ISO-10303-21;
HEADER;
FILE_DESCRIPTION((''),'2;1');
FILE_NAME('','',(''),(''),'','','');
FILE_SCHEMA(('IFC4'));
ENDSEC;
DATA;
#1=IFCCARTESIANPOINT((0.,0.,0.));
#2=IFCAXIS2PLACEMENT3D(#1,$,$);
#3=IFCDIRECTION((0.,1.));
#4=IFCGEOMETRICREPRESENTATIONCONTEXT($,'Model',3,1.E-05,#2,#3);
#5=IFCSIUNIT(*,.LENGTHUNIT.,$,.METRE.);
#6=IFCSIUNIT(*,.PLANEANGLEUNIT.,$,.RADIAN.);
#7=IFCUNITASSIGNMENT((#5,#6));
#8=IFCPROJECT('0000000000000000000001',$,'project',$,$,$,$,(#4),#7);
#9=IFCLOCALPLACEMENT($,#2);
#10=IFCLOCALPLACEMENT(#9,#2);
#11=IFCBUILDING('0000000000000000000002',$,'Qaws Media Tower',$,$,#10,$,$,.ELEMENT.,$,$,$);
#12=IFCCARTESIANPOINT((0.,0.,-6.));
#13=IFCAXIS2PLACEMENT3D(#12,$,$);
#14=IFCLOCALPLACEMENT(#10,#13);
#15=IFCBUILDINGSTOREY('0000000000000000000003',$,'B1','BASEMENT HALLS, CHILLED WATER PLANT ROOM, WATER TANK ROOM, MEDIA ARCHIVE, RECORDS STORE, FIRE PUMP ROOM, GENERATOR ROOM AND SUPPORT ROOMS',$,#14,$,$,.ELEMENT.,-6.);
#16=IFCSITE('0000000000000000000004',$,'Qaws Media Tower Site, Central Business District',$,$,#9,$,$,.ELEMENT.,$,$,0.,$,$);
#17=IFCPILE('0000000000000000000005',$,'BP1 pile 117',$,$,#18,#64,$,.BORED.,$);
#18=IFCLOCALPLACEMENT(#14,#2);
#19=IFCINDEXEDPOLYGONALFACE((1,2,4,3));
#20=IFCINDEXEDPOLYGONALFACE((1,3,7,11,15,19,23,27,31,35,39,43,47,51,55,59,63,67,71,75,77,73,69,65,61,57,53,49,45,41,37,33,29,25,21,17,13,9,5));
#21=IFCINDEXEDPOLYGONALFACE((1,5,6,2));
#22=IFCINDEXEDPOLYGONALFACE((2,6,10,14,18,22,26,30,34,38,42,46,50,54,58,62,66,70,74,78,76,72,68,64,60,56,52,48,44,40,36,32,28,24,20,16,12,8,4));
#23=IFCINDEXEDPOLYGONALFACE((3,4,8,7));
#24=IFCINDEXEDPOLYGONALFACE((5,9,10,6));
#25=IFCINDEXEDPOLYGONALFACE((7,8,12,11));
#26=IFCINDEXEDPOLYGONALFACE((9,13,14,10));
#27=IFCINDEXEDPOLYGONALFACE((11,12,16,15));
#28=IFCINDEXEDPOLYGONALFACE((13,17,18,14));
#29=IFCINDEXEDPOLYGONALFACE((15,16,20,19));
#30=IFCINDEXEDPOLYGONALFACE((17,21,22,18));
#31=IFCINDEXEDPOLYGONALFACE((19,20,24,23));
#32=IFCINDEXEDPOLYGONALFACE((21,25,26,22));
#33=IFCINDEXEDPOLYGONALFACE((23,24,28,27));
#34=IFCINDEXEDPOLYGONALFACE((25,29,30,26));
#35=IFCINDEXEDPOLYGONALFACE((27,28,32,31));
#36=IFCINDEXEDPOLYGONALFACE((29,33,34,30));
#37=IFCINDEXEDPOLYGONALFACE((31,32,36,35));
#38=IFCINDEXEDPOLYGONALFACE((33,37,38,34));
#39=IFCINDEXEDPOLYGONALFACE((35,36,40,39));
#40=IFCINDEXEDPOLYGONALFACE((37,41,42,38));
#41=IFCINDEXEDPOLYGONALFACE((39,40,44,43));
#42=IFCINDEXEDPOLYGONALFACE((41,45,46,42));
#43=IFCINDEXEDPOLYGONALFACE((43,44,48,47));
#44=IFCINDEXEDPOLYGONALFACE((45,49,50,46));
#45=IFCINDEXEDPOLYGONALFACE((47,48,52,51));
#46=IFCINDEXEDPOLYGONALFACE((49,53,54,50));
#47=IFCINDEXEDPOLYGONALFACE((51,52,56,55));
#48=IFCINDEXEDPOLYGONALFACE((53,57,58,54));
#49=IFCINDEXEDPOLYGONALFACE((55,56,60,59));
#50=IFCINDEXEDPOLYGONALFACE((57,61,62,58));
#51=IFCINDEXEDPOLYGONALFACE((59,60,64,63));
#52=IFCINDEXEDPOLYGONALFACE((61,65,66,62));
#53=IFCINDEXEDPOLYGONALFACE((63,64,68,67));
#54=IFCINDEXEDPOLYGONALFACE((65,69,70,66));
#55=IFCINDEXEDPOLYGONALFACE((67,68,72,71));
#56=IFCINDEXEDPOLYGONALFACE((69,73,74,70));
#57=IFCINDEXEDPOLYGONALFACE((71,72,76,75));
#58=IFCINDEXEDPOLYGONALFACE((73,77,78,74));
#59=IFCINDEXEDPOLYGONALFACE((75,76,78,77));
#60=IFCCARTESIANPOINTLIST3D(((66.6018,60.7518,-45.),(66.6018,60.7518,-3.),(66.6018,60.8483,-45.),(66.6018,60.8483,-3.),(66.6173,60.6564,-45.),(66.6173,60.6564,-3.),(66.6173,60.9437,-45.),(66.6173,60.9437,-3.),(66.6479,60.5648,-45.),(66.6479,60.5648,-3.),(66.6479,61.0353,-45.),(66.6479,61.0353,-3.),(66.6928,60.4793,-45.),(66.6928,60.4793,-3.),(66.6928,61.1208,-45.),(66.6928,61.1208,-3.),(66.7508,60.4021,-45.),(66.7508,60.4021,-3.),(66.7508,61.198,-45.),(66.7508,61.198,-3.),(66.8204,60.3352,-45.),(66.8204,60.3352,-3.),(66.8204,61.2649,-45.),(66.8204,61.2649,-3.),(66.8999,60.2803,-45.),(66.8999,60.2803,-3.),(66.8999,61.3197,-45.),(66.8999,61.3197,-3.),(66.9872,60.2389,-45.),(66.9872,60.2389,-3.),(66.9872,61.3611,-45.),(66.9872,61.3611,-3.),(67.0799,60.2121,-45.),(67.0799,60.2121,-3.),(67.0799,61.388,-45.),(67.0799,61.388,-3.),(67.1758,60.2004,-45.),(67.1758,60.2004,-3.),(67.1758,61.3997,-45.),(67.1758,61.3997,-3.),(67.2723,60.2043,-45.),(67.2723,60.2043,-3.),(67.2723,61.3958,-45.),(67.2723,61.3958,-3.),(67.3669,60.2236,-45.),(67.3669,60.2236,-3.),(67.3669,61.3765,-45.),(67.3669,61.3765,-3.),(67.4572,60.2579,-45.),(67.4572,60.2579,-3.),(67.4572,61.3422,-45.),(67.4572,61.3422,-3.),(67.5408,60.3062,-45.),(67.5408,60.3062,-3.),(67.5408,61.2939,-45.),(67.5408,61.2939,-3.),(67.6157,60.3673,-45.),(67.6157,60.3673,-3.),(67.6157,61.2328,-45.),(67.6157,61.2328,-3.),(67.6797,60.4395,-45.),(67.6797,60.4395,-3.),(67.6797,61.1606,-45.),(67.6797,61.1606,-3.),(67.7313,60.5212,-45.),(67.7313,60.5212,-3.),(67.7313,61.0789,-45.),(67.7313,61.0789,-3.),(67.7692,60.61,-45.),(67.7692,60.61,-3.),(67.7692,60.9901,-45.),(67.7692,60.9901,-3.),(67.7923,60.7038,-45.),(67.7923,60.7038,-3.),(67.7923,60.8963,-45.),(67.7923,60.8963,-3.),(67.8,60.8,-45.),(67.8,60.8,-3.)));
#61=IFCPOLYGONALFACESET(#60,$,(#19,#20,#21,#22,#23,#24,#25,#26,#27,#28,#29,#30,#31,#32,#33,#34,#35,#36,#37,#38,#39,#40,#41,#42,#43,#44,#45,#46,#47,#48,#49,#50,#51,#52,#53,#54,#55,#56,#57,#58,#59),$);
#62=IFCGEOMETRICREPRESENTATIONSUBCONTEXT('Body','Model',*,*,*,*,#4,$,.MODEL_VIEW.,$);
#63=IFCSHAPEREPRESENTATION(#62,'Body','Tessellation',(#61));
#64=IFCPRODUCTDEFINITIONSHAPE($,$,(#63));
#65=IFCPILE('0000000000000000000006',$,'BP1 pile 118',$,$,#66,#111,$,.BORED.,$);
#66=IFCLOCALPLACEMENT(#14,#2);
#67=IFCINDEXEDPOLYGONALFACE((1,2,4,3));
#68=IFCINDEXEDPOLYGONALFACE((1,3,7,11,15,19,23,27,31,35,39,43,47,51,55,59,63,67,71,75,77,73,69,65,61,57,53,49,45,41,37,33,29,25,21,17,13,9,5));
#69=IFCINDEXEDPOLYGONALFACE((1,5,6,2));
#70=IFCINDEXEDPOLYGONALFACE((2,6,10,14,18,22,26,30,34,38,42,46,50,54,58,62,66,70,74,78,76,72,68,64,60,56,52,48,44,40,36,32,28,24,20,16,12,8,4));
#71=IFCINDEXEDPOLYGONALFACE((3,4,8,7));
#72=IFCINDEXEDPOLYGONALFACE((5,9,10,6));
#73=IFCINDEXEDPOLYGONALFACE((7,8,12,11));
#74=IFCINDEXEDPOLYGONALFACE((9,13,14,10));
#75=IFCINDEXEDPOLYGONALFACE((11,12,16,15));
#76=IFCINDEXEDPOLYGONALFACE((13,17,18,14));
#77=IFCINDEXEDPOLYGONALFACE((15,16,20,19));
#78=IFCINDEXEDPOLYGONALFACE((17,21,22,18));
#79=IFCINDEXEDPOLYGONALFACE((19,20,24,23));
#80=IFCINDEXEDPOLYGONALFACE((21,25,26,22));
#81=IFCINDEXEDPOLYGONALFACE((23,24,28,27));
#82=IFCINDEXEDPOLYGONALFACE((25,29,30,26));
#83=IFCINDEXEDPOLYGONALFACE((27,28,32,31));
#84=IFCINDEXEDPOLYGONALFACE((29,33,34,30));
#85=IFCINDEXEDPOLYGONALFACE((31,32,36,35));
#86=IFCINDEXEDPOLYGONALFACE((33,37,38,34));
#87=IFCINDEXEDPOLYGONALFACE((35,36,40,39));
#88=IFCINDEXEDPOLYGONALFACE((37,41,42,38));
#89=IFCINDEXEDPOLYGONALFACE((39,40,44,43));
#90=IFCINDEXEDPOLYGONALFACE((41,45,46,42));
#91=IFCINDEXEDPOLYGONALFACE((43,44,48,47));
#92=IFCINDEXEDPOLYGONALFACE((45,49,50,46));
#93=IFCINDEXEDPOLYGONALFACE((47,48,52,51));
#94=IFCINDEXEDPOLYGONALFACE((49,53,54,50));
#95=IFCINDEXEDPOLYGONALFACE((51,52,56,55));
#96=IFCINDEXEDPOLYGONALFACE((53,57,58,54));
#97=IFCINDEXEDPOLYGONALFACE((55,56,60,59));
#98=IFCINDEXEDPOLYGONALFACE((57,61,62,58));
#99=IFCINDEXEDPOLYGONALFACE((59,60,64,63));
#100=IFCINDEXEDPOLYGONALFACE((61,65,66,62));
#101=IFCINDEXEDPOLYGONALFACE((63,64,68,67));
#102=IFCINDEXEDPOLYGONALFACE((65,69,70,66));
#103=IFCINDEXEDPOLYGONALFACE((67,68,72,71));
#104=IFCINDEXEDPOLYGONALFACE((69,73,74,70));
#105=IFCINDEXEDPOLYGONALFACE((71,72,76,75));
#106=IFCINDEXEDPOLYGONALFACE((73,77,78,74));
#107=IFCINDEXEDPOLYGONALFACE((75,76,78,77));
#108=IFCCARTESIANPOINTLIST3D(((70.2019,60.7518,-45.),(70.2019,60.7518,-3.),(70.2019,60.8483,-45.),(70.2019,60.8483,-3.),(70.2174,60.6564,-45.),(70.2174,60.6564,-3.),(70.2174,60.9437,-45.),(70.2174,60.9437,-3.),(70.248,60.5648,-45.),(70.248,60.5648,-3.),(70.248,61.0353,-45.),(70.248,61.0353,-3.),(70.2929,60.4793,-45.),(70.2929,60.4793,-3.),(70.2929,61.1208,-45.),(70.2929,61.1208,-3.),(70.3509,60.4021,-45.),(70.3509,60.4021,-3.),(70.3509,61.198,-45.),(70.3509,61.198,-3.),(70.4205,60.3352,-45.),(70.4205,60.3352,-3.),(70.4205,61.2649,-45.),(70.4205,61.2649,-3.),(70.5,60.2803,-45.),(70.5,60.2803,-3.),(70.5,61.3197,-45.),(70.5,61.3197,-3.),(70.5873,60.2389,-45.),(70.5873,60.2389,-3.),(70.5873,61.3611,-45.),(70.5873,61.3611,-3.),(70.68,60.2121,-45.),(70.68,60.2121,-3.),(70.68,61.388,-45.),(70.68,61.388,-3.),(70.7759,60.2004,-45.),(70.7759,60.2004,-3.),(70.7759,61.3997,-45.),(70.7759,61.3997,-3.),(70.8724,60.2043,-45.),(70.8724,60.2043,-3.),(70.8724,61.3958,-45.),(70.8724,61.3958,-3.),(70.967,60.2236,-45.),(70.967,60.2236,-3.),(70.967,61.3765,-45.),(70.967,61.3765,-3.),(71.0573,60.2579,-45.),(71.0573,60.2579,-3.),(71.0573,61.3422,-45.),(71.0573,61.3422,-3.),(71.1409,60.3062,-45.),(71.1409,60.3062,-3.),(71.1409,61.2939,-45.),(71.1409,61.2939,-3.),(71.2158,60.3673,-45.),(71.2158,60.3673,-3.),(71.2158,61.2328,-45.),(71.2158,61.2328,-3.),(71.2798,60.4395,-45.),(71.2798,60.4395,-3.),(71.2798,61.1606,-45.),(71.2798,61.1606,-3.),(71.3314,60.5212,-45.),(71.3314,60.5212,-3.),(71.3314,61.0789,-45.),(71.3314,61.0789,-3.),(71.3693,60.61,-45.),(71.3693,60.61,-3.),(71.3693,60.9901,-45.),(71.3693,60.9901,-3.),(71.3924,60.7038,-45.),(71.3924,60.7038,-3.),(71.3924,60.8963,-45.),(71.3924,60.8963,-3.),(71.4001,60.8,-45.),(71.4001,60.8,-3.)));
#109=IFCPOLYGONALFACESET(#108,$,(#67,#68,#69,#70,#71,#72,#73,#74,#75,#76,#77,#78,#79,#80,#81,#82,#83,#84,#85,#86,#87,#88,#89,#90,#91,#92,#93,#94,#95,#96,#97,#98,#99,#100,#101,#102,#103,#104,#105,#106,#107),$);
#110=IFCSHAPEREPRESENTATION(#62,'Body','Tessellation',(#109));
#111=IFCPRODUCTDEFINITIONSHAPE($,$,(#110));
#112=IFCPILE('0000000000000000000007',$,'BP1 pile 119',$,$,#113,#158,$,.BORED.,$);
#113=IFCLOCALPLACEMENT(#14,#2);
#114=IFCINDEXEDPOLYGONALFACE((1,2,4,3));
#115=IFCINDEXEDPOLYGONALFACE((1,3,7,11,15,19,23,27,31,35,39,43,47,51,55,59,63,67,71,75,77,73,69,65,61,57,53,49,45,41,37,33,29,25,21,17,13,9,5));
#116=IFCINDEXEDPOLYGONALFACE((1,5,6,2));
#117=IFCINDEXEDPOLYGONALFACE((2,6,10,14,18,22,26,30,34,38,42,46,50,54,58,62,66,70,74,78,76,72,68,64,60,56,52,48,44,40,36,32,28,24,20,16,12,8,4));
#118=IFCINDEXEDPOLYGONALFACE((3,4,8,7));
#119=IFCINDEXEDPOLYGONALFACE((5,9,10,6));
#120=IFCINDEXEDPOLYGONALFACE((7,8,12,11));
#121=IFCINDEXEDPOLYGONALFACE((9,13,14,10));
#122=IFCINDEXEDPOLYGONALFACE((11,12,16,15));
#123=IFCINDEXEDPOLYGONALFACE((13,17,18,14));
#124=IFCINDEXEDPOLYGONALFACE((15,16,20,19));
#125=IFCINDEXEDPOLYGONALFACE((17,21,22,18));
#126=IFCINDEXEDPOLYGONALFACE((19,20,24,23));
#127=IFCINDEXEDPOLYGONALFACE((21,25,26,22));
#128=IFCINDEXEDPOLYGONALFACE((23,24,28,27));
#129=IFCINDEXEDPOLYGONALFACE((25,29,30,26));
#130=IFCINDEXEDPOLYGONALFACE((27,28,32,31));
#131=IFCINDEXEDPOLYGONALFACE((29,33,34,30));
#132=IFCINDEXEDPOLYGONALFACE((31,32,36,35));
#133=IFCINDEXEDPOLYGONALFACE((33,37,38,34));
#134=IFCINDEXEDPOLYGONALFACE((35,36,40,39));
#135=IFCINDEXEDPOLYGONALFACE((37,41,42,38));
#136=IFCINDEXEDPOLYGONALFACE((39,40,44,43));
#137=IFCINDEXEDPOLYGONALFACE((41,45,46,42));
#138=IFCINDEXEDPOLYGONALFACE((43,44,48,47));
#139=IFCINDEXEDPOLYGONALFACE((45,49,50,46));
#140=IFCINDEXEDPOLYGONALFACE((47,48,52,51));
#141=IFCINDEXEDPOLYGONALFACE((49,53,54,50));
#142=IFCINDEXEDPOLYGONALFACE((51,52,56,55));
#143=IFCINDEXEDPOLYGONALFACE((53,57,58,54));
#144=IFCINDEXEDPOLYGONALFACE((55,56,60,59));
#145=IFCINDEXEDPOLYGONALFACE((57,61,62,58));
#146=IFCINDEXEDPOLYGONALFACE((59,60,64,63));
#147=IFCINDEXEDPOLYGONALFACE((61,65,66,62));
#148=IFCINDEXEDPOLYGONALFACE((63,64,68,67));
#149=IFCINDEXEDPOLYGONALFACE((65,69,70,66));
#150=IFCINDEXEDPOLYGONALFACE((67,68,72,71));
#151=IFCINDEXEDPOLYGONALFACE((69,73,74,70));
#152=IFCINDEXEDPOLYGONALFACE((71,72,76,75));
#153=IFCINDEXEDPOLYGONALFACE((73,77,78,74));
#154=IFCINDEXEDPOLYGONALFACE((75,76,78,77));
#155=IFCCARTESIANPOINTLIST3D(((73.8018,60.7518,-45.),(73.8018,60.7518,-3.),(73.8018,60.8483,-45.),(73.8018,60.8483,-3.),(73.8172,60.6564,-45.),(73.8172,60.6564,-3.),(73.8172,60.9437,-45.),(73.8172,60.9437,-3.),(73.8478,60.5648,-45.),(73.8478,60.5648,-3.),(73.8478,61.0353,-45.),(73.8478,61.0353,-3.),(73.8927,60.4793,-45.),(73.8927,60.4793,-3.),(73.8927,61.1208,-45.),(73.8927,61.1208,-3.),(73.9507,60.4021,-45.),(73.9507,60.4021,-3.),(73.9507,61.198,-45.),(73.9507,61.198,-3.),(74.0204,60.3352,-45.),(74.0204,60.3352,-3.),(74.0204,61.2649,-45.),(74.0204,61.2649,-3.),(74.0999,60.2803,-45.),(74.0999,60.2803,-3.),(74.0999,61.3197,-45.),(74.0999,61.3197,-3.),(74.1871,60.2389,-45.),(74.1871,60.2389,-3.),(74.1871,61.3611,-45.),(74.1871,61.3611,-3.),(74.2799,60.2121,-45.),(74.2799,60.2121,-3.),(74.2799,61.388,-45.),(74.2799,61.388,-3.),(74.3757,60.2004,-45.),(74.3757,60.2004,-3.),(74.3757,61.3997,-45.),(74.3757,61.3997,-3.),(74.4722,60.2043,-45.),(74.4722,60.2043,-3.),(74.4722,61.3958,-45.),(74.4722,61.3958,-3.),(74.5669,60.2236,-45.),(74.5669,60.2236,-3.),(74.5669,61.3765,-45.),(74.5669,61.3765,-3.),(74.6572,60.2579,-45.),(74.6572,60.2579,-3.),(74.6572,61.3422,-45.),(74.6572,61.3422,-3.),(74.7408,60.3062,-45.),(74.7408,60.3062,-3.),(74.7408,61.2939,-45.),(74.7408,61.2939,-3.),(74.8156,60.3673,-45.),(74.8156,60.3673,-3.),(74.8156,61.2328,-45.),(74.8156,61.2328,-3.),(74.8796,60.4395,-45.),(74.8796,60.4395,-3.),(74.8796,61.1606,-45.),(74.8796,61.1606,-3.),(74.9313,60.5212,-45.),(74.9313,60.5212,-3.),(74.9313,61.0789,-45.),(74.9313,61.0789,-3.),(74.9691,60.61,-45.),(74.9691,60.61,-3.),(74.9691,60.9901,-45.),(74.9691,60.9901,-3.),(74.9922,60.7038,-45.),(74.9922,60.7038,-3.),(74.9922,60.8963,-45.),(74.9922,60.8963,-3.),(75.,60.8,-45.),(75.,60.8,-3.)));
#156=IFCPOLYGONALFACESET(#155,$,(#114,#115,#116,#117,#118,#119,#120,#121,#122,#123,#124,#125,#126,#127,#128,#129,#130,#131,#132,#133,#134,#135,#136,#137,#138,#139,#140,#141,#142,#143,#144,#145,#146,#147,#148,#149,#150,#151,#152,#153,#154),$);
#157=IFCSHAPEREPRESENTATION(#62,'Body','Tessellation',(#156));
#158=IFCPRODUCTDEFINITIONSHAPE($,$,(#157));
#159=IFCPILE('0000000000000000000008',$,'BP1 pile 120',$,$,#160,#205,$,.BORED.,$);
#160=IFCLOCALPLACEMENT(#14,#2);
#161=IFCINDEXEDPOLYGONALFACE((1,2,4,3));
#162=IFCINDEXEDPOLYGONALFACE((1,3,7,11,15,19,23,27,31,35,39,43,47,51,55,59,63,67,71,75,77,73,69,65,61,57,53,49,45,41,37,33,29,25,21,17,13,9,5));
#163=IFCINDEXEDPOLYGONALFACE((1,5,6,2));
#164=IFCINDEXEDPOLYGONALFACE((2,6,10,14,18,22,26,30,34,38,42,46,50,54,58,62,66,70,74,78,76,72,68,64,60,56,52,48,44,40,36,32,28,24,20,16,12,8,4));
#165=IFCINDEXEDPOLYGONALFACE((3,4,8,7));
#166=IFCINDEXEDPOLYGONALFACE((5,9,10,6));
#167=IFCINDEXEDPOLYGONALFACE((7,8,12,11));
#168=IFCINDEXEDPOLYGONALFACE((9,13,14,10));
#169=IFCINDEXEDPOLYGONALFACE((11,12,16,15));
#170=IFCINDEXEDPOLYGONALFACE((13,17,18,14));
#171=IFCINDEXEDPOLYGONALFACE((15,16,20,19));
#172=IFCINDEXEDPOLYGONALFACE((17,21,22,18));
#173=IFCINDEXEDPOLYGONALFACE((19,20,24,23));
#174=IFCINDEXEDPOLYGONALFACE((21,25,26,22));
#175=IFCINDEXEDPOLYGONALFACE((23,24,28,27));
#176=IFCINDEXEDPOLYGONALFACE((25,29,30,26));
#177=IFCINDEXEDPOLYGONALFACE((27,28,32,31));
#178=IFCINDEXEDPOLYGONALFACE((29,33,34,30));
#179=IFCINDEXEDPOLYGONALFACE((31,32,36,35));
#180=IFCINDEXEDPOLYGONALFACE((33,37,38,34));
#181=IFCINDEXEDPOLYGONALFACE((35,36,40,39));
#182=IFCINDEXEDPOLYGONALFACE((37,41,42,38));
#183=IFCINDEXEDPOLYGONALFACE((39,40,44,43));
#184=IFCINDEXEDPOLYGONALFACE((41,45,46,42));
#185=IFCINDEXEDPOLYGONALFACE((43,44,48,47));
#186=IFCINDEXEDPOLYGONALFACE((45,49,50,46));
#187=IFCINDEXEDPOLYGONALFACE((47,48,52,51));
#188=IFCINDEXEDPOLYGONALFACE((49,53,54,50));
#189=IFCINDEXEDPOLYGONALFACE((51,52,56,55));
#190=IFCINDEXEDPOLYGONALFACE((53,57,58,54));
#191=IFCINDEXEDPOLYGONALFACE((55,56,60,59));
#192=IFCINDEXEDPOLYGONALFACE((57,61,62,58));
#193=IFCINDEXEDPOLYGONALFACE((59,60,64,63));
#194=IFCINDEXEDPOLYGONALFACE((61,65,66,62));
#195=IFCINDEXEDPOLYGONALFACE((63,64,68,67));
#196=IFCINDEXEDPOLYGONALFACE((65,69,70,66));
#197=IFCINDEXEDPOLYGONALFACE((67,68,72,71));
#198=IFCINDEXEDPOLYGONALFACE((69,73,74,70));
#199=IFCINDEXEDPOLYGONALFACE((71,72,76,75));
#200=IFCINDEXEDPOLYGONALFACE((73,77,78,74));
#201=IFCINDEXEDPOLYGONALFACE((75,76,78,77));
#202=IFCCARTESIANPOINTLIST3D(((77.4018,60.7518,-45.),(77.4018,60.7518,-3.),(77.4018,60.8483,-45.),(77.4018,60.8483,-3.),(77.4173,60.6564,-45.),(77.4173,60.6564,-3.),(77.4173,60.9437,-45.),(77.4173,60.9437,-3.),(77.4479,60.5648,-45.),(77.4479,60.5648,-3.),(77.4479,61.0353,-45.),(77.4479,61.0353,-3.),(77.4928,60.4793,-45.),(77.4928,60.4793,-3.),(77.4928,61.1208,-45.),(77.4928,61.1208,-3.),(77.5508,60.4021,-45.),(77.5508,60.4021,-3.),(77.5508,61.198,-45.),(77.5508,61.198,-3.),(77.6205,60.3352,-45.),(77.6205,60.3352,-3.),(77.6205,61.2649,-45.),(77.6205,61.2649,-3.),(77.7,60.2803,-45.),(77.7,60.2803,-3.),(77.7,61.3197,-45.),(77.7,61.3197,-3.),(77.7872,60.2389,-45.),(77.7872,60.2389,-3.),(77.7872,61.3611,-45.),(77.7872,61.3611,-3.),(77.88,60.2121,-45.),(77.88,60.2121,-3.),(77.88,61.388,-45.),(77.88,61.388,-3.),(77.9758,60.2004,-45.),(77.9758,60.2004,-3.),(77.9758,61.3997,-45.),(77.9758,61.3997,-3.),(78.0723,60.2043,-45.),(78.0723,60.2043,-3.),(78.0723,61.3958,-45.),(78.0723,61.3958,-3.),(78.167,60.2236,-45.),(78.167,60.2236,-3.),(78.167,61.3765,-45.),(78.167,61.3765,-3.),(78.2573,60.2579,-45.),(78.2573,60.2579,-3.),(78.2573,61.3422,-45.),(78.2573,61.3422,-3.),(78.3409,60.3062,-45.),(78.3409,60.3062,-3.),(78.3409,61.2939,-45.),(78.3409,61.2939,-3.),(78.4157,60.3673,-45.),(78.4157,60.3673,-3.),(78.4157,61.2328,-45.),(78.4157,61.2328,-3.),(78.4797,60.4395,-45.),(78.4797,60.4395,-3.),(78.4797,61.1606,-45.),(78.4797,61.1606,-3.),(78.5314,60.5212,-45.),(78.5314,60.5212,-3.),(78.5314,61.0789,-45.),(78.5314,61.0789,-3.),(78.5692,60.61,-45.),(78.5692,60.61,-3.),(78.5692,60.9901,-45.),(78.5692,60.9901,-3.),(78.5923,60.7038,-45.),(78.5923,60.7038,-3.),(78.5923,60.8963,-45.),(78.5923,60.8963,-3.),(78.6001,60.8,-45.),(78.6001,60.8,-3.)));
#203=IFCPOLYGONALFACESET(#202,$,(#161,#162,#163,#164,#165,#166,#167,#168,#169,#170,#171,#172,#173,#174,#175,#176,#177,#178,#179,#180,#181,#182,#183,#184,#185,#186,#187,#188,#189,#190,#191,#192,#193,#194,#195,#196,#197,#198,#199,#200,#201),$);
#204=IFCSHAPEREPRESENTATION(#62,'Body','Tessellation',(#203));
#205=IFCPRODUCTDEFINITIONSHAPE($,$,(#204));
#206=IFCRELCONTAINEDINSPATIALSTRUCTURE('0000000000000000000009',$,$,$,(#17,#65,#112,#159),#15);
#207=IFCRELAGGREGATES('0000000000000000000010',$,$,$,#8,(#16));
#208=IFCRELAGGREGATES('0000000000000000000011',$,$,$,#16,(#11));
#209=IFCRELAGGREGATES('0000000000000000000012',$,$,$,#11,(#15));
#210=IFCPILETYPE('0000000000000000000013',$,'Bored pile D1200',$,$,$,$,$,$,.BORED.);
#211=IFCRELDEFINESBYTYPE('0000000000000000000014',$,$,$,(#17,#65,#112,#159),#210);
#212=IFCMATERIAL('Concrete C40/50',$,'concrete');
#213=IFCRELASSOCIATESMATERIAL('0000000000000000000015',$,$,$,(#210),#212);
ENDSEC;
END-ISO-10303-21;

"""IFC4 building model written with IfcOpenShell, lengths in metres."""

from ifc_helpers import new_model, si_unit, direction, frame, origin, origin_2d, place, context, subcontext, project, spatial, circle, extrude, material, material_profile, profile_set, type_object, element, save


model = new_model("IFC4")

# Units and contexts
model_context = context("Model", 3, precision=1e-05, world=origin(), true_north=direction((0.0, 1.0)))
body_context = subcontext(model_context, "Body", "Model", "MODEL_VIEW")
ifc_project = project(units=[si_unit("LENGTHUNIT", "METRE"), si_unit("PLANEANGLEUNIT", "RADIAN")], contexts=[model_context])

# Site, building, storey
site_placement = place(None, origin())
site = spatial("IfcSite", under=ifc_project, at=site_placement, Name="Qaws Media Tower Site, Central Business District", CompositionType="ELEMENT", RefElevation=0.0)
building_placement = place(site_placement, origin())
building = spatial("IfcBuilding", under=site, at=building_placement, Name="Qaws Media Tower", CompositionType="ELEMENT")
storey_placement = place(building_placement, frame((0.0, 0.0, -6.0)))
storey = spatial("IfcBuildingStorey", under=building, at=storey_placement, Name="B1", Description="BASEMENT HALLS, CHILLED WATER PLANT ROOM, WATER TANK ROOM, MEDIA ARCHIVE, RECORDS STORE, FIRE PUMP ROOM, GENERATOR ROOM AND SUPPORT ROOMS", CompositionType="ELEMENT", Elevation=-6.0)

# Piles
ifc_material_1 = material(Name="Concrete C40/50", Category="concrete")
ifc_material_profile_1 = material_profile(ifc_material_1, circle(Radius=0.6001, at=origin_2d()), Name="D1200")
ifc_profile_set_1 = profile_set([ifc_material_profile_1], Name="Concrete C40/50")
pile_type = type_object("IfcPileType", Name="Bored pile D1200", PredefinedType="BORED", material=ifc_profile_set_1)
for number, where, z_axis, x_axis, name in (
    (1, (67.2, 60.8, -3.0), (0.0, 0.0, -1.0), (1.0, 0.0, 0.0), "BP1 pile 117"),
    (2, (70.8, 60.8, -3.0), (0.0, 0.0, -1.0), (1.0, 0.0, 0.0), "BP1 pile 118"),
    (3, (74.3999, 60.8, -3.0), (0.0, 0.0, -1.0), (1.0, 0.0, 0.0), "BP1 pile 119"),
    (4, (78.0, 60.8, -3.0), (0.0, 0.0, -1.0), (1.0, 0.0, 0.0), "BP1 pile 120"),
):
    element("IfcPile", number, at=place(storey_placement, frame(where, z_axis=z_axis, x_axis=x_axis)), inside=storey, type_object=pile_type, Name=name, PredefinedType="BORED", context=body_context, shape_type="SweptSolid", body=[
        extrude(circle(Radius=0.6001, at=origin_2d()), origin(), (0.0, 0.0, 1.0), 42.0),
    ])

save(model, "model.ifc")
